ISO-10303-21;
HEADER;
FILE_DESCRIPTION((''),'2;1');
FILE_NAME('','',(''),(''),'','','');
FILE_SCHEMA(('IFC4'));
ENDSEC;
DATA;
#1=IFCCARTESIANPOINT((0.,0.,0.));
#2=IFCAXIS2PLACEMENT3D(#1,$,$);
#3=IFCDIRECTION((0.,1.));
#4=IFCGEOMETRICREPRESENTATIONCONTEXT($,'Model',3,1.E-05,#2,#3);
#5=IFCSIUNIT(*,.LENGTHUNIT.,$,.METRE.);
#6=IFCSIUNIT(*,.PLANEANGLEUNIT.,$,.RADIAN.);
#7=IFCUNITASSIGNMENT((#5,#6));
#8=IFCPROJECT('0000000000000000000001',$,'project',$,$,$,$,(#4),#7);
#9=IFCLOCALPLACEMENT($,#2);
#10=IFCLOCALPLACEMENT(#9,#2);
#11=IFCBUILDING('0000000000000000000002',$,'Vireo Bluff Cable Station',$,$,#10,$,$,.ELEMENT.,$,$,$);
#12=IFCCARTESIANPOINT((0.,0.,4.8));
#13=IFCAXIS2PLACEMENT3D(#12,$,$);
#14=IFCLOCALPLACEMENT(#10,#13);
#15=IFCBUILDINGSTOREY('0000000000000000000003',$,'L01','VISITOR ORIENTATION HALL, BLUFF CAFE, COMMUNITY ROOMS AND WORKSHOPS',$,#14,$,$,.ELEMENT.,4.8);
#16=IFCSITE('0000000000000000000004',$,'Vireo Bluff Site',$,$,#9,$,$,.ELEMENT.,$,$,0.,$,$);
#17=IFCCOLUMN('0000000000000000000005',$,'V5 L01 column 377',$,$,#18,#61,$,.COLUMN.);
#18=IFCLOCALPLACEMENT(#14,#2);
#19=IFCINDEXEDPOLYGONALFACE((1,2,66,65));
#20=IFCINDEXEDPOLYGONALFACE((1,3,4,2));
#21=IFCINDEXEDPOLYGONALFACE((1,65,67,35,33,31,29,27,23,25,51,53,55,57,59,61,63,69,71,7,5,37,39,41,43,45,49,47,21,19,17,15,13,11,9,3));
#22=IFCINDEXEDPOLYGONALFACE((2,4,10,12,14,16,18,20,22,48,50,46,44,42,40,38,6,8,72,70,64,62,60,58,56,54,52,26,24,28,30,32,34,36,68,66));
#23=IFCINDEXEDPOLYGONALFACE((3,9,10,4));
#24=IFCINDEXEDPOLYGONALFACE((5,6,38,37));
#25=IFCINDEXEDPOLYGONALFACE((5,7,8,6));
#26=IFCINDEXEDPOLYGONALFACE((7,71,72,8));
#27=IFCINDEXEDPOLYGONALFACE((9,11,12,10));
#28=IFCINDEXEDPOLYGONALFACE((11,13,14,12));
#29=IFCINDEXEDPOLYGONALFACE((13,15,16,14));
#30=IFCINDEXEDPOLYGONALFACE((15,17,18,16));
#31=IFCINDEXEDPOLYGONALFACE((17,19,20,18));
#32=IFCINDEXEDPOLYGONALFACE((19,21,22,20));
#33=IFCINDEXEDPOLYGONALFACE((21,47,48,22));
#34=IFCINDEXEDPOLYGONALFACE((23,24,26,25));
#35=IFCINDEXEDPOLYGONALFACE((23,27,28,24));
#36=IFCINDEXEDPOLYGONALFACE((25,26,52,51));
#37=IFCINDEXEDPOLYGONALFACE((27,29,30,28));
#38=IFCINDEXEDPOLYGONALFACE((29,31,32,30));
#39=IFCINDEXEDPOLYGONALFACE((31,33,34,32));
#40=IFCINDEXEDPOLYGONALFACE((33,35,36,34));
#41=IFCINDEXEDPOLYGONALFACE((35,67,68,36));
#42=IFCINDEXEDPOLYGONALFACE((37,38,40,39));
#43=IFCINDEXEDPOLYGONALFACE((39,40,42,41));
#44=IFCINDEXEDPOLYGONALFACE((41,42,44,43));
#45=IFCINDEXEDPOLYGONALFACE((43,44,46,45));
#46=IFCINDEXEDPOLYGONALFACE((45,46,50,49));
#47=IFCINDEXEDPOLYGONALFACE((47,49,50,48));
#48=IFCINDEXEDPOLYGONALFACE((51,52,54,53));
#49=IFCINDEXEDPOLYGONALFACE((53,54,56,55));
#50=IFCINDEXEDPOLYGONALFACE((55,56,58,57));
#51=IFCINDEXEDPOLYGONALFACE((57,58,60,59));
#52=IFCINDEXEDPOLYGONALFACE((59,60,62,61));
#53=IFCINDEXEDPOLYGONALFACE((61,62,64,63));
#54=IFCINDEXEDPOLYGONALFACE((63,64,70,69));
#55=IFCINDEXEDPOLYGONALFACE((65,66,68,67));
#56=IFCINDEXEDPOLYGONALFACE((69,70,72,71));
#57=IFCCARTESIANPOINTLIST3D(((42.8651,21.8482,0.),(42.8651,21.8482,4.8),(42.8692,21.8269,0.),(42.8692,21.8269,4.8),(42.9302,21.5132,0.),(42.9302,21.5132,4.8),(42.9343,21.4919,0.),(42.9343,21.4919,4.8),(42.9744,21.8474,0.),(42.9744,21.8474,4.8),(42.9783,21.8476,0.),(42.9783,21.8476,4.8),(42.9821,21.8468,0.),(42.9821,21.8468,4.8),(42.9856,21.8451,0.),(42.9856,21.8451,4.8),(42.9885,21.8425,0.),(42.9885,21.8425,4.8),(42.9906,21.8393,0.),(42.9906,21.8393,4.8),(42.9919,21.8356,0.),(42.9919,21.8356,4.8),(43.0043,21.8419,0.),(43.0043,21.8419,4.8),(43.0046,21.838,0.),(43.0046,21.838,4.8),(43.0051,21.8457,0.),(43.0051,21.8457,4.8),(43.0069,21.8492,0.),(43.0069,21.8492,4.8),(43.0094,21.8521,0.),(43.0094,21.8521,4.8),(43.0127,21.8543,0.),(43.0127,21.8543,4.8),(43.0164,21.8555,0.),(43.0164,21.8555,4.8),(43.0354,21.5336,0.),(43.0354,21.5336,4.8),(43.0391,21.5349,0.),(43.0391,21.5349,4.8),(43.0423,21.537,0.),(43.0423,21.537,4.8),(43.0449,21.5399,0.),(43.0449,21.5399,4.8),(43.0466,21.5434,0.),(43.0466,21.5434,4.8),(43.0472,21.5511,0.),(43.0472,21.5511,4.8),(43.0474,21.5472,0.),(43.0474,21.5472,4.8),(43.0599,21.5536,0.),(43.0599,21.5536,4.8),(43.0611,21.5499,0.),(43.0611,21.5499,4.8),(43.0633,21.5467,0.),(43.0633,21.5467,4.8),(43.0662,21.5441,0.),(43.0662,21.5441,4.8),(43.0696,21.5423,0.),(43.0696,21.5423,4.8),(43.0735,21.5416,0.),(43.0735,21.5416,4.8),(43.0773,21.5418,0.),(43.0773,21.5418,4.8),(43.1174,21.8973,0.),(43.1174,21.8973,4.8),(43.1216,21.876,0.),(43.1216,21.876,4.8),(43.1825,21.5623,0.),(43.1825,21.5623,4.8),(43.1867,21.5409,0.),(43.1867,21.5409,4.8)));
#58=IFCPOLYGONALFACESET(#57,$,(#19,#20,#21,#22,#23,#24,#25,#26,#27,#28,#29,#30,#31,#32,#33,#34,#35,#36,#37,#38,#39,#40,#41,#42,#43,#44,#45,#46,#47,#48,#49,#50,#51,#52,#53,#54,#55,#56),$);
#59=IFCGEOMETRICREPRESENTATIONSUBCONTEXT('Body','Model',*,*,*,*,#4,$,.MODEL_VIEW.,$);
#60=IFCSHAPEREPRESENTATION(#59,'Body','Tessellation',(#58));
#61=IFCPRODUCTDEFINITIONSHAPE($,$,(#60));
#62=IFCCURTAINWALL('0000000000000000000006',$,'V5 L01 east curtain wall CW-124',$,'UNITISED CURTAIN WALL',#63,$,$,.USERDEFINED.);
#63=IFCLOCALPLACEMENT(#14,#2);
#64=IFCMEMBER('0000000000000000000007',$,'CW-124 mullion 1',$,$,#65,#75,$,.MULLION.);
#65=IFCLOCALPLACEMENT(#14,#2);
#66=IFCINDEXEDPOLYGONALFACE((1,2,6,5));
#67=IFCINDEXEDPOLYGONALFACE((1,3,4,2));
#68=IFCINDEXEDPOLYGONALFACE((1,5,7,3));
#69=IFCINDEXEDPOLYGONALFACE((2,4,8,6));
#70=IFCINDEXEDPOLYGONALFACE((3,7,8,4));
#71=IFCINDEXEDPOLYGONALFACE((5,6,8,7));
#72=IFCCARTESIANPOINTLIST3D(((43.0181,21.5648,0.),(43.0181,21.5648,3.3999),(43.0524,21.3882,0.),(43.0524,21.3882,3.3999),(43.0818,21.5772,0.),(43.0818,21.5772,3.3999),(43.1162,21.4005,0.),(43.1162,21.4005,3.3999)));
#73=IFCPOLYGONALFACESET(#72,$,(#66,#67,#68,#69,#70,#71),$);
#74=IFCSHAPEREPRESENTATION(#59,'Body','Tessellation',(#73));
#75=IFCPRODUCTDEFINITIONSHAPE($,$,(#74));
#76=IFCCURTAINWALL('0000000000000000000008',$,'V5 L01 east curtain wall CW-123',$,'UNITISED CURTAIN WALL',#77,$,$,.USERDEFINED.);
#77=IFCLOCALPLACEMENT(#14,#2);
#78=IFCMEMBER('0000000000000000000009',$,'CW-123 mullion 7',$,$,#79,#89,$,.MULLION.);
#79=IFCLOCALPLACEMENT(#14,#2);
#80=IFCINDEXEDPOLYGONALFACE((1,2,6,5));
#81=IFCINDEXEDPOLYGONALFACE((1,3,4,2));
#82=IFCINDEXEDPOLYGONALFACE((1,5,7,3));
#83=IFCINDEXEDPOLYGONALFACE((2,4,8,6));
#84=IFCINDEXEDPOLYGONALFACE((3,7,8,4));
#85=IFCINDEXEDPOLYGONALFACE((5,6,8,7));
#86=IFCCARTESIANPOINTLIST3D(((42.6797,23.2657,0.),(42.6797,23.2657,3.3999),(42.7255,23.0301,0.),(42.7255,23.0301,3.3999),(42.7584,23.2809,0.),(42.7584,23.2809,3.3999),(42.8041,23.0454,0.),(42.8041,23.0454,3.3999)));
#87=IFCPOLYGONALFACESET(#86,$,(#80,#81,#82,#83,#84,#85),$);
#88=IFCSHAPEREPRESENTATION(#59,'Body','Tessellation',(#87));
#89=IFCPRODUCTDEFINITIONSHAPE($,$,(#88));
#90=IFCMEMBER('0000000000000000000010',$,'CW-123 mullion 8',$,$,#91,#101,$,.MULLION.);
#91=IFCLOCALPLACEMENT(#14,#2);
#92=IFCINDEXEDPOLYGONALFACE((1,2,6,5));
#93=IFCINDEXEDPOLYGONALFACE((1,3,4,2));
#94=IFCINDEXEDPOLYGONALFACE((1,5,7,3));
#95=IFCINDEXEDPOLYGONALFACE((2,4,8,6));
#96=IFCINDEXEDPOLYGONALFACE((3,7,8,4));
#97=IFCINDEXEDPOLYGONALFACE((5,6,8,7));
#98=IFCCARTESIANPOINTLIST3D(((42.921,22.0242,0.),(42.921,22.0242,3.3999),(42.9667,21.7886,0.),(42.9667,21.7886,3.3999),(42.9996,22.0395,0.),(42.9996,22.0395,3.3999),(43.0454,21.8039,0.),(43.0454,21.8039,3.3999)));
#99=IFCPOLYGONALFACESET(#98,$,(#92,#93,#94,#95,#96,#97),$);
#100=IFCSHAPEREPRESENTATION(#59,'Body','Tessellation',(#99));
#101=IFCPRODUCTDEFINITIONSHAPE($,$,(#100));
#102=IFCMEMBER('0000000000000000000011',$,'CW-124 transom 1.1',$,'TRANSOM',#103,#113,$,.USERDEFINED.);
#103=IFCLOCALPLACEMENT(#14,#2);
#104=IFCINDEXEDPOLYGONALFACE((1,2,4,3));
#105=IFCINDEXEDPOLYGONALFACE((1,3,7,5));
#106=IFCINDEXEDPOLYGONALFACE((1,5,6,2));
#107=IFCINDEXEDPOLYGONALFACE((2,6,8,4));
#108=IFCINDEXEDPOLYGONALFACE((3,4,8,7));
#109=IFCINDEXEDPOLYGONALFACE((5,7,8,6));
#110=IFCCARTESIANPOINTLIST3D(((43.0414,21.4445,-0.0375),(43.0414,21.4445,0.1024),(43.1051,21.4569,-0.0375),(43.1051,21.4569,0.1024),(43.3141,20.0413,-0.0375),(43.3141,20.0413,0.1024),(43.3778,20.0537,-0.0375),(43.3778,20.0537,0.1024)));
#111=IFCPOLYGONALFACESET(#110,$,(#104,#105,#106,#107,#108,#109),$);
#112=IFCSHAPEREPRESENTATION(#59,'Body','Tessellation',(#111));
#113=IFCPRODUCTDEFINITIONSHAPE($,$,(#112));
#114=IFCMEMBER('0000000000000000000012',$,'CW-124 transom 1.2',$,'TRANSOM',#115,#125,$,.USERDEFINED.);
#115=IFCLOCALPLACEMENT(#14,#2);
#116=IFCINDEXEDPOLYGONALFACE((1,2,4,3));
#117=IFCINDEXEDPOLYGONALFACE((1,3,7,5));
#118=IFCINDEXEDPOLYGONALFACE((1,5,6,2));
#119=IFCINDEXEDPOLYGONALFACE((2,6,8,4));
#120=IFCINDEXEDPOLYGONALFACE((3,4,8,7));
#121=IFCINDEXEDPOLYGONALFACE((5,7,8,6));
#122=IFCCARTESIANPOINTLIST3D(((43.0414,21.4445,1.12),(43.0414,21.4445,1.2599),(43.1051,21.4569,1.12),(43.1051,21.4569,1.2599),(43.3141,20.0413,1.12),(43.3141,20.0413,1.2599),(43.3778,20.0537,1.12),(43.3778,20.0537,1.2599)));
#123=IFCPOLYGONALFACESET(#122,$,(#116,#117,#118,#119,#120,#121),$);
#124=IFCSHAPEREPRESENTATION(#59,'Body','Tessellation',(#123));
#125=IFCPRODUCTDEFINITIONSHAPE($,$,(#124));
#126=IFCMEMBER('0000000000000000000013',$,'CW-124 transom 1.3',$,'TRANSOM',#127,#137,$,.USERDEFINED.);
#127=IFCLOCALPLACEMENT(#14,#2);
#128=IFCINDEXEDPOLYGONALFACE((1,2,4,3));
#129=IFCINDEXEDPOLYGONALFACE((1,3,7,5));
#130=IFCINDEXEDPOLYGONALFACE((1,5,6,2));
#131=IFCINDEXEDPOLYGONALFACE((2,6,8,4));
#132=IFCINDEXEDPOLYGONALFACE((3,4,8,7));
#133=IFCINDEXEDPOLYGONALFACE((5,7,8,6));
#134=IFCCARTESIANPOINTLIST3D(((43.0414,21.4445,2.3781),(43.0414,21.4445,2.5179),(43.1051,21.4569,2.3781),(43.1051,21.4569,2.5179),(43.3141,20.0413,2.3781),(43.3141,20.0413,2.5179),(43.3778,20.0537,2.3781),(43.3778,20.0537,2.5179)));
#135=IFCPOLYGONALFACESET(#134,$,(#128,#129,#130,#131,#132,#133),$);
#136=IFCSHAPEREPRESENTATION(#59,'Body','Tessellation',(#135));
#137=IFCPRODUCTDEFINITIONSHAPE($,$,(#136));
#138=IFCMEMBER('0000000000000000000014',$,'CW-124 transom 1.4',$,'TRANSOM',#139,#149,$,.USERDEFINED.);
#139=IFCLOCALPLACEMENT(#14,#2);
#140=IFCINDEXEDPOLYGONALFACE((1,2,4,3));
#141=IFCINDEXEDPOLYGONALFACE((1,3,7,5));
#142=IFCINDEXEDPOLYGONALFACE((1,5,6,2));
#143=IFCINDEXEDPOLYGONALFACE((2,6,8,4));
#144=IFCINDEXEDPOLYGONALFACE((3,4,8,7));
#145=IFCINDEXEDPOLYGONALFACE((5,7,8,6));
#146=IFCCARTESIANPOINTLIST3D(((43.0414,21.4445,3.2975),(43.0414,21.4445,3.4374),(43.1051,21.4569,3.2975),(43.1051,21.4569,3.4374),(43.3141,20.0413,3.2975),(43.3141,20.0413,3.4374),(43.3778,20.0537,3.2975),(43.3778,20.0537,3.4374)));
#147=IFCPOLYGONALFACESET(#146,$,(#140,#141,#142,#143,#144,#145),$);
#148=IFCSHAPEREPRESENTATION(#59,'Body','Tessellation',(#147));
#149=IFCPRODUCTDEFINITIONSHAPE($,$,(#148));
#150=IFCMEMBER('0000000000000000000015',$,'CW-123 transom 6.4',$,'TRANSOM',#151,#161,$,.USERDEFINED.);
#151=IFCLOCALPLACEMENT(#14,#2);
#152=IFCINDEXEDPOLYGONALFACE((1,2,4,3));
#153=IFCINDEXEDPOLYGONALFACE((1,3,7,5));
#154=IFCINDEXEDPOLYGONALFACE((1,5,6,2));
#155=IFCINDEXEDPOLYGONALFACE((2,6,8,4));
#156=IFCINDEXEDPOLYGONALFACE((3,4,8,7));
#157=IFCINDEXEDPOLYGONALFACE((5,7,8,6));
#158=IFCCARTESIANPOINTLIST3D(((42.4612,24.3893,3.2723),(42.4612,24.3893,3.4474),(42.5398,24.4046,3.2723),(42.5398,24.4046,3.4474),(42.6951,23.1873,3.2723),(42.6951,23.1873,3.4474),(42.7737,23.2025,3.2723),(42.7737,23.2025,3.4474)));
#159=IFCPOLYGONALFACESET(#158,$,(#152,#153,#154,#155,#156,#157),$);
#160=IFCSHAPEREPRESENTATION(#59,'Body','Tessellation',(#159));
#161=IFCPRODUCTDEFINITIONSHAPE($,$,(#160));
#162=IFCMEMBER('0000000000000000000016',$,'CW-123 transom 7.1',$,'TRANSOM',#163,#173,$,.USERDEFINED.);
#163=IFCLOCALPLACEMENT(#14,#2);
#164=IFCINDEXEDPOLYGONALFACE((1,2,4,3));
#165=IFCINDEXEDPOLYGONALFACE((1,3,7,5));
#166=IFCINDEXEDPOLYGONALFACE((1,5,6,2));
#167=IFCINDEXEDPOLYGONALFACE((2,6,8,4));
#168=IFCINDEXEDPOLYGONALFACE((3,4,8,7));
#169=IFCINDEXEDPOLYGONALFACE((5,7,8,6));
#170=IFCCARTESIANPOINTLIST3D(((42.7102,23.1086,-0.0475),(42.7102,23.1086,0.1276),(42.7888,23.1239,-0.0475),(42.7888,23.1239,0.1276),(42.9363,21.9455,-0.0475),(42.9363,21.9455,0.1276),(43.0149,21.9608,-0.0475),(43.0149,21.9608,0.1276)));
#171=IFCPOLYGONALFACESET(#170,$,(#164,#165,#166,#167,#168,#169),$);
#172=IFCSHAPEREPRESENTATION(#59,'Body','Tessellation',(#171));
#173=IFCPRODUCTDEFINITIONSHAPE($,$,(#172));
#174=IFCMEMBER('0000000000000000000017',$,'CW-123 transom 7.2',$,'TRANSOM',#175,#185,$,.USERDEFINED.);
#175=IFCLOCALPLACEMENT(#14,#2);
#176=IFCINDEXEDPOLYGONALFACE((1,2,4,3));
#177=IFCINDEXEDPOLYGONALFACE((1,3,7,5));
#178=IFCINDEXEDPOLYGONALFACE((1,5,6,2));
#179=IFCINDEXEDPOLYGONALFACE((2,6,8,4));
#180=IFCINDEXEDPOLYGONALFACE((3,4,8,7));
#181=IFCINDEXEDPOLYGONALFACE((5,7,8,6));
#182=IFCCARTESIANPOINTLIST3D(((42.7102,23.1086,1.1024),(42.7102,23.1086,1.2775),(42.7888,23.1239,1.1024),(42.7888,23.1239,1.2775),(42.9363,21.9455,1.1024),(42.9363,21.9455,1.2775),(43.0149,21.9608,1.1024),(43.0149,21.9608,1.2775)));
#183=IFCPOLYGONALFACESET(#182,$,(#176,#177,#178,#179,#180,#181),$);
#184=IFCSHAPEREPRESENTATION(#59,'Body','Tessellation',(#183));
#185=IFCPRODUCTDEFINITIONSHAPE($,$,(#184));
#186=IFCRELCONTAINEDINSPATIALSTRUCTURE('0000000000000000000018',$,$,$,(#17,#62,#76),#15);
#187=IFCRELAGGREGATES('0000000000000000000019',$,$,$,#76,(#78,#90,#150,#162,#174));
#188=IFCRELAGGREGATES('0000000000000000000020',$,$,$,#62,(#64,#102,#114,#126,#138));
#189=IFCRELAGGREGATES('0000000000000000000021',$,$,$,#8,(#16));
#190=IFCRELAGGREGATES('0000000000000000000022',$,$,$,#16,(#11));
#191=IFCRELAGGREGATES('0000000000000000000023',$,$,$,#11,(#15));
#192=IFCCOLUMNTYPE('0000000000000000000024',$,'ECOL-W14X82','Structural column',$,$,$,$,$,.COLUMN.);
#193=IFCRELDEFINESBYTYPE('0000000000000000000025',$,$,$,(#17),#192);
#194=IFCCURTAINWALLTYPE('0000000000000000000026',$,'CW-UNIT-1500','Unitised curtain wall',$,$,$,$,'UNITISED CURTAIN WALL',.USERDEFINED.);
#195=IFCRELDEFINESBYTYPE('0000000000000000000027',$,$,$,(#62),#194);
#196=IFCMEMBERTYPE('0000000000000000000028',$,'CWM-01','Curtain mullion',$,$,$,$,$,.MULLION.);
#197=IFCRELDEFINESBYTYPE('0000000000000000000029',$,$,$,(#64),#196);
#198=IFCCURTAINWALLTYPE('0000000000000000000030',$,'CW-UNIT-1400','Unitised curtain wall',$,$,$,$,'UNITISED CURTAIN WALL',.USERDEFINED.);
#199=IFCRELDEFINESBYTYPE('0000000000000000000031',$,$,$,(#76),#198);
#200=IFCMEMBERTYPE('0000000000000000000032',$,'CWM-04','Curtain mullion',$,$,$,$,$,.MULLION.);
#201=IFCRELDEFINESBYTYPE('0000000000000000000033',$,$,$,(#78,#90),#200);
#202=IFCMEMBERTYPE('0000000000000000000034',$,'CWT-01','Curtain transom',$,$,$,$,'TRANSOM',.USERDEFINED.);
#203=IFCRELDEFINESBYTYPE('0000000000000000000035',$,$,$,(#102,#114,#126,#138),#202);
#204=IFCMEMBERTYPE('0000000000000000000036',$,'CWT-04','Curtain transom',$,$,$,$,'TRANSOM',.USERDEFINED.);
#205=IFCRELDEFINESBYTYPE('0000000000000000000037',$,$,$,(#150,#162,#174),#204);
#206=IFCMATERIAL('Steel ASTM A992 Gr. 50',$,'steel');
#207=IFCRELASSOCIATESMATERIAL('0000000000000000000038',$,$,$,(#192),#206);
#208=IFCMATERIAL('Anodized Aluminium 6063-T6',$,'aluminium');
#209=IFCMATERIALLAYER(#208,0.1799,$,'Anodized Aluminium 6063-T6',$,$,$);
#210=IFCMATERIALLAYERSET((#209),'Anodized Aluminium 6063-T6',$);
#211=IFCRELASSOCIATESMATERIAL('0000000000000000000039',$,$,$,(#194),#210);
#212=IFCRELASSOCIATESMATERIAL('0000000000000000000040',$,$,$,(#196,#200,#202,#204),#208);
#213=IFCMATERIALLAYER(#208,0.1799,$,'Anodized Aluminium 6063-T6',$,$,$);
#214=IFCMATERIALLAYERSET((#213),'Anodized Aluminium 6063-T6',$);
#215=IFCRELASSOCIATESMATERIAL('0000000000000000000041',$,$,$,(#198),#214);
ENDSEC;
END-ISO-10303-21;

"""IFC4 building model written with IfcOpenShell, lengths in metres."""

from ifc_helpers import new_model, si_unit, direction, frame, origin, origin_2d, place, context, subcontext, project, spatial, rectangle, i_section, extrude, material, layer, layer_set, material_profile, profile_set, type_object, element, aggregate, save


model = new_model("IFC4")

# Units and contexts
model_context = context("Model", 3, precision=1e-05, world=origin(), true_north=direction((0.0, 1.0)))
body_context = subcontext(model_context, "Body", "Model", "MODEL_VIEW")
ifc_project = project(units=[si_unit("LENGTHUNIT", "METRE"), si_unit("PLANEANGLEUNIT", "RADIAN")], contexts=[model_context])

# Site, building, storey
site_placement = place(None, origin())
site = spatial("IfcSite", under=ifc_project, at=site_placement, Name="Vireo Bluff Site", CompositionType="ELEMENT", RefElevation=0.0)
building_placement = place(site_placement, origin())
building = spatial("IfcBuilding", under=site, at=building_placement, Name="Vireo Bluff Cable Station", CompositionType="ELEMENT")
storey_placement = place(building_placement, frame((0.0, 0.0, 4.8)))
storey = spatial("IfcBuildingStorey", under=building, at=storey_placement, Name="L01", Description="VISITOR ORIENTATION HALL, BLUFF CAFE, COMMUNITY ROOMS AND WORKSHOPS", CompositionType="ELEMENT", Elevation=4.8)

# Column
ifc_material_1 = material(Name="Steel ASTM A992 Gr. 50", Category="steel")
ifc_material_profile_1 = material_profile(ifc_material_1, i_section(OverallWidth=0.2571, OverallDepth=0.363, WebThickness=0.0129, FlangeThickness=0.0217, FilletRadius=0.0149, at=origin_2d()), Name="W14X82")
ifc_profile_set_1 = profile_set([ifc_material_profile_1], Name="Steel ASTM A992 Gr. 50")
column_type = type_object("IfcColumnType", Name="ECOL-W14X82", Description="Structural column", PredefinedType="COLUMN", material=ifc_profile_set_1)
column_placement = place(storey_placement, frame((43.0259, 21.6946, 0.0), z_axis=(0.0, 0.0, 1.0), x_axis=(0.981627, 0.190809, 0.0)))
element("IfcColumn", 1, at=column_placement, inside=storey, type_object=column_type, Name="V5 L01 column 377", PredefinedType="COLUMN", context=body_context, shape_type="SweptSolid", body=[
    extrude(i_section(OverallWidth=0.2571, OverallDepth=0.363, WebThickness=0.0129, FlangeThickness=0.0217, FilletRadius=0.0149, at=origin_2d()), origin(), (0.0, 0.0, 1.0), 4.8),
])

# Curtain wall, member
ifc_material_2 = material(Name="Anodized Aluminium 6063-T6", Category="aluminium")
ifc_layer_1 = layer(ifc_material_2, 0.1799, Name="Anodized Aluminium 6063-T6")
ifc_layer_set_1 = layer_set([ifc_layer_1], Name="Anodized Aluminium 6063-T6")
curtain_wall_type_1 = type_object("IfcCurtainWallType", Name="CW-UNIT-1500", Description="Unitised curtain wall", ElementType="UNITISED CURTAIN WALL", PredefinedType="USERDEFINED", material=ifc_layer_set_1)
curtain_wall_1_placement = place(storey_placement, origin())
curtain_wall_1 = element("IfcCurtainWall", 2, at=curtain_wall_1_placement, inside=storey, type_object=curtain_wall_type_1, Name="V5 L01 east curtain wall CW-124", ObjectType="UNITISED CURTAIN WALL", PredefinedType="USERDEFINED")
ifc_material_profile_2 = material_profile(ifc_material_2, rectangle(XDim=0.0649, YDim=0.1799, at=origin_2d()), Name="ALU-M-65X180")
ifc_profile_set_2 = profile_set([ifc_material_profile_2], Name="Anodized Aluminium 6063-T6")
member_type_1 = type_object("IfcMemberType", Name="CWM-01", Description="Curtain mullion", PredefinedType="MULLION", material=ifc_profile_set_2)
member_1_placement = place(storey_placement, frame((43.0671, 21.4827, 0.0), z_axis=(0.0, 0.0, 1.0), x_axis=(0.981627, 0.190809, 0.0)))
member_1 = element("IfcMember", 3, at=member_1_placement, type_object=member_type_1, Name="CW-124 mullion 1", PredefinedType="MULLION", context=body_context, shape_type="SweptSolid", body=[
    extrude(rectangle(XDim=0.0649, YDim=0.1799, at=origin_2d()), origin(), (0.0, 0.0, 1.0), 3.3999),
])

# Curtain wall, members
ifc_layer_2 = layer(ifc_material_2, 0.1799, Name="Anodized Aluminium 6063-T6")
ifc_layer_set_2 = layer_set([ifc_layer_2], Name="Anodized Aluminium 6063-T6")
curtain_wall_type_2 = type_object("IfcCurtainWallType", Name="CW-UNIT-1400", Description="Unitised curtain wall", ElementType="UNITISED CURTAIN WALL", PredefinedType="USERDEFINED", material=ifc_layer_set_2)
curtain_wall_2_placement = place(storey_placement, origin())
curtain_wall_2 = element("IfcCurtainWall", 4, at=curtain_wall_2_placement, inside=storey, type_object=curtain_wall_type_2, Name="V5 L01 east curtain wall CW-123", ObjectType="UNITISED CURTAIN WALL", PredefinedType="USERDEFINED")
ifc_material_profile_3 = material_profile(ifc_material_2, rectangle(XDim=0.0801, YDim=0.24, at=origin_2d()), Name="ALU-M-80X240")
ifc_profile_set_3 = profile_set([ifc_material_profile_3], Name="Anodized Aluminium 6063-T6")
member_type_2 = type_object("IfcMemberType", Name="CWM-04", Description="Curtain mullion", PredefinedType="MULLION", material=ifc_profile_set_3)
member_2_placement = place(storey_placement, frame((42.7419, 23.1555, 0.0), z_axis=(0.0, 0.0, 1.0), x_axis=(0.981627, 0.190809, 0.0)))
member_2 = element("IfcMember", 5, at=member_2_placement, type_object=member_type_2, Name="CW-123 mullion 7", PredefinedType="MULLION", context=body_context, shape_type="SweptSolid", body=[
    extrude(rectangle(XDim=0.0801, YDim=0.24, at=origin_2d()), origin(), (0.0, 0.0, 1.0), 3.3999),
])
member_3_placement = place(storey_placement, frame((42.9832, 21.9141, 0.0), z_axis=(0.0, 0.0, 1.0), x_axis=(0.981627, 0.190809, 0.0)))
member_3 = element("IfcMember", 6, at=member_3_placement, type_object=member_type_2, Name="CW-123 mullion 8", PredefinedType="MULLION", context=body_context, shape_type="SweptSolid", body=[
    extrude(rectangle(XDim=0.0801, YDim=0.24, at=origin_2d()), origin(), (0.0, 0.0, 1.0), 3.3999),
])

# Members
ifc_material_profile_4 = material_profile(ifc_material_2, rectangle(XDim=0.0649, YDim=0.1399, at=origin_2d()), Name="ALU-T-65X140")
ifc_profile_set_4 = profile_set([ifc_material_profile_4], Name="Anodized Aluminium 6063-T6")
member_type_3 = type_object("IfcMemberType", Name="CWT-01", Description="Curtain transom", ElementType="TRANSOM", PredefinedType="USERDEFINED", material=ifc_profile_set_4)
member_4_placement = place(storey_placement, frame((43.0732, 21.4507, 0.0325), z_axis=(0.190792, -0.98163, 0.0), x_axis=(0.98163, 0.190792, 0.0)))
member_4 = element("IfcMember", 7, at=member_4_placement, type_object=member_type_3, Name="CW-124 transom 1.1", ObjectType="TRANSOM", PredefinedType="USERDEFINED", context=body_context, shape_type="SweptSolid", body=[
    extrude(rectangle(XDim=0.0649, YDim=0.1399, at=origin_2d()), origin(), (0.0, 0.0, 1.0), 1.4294),
])
member_5_placement = place(storey_placement, frame((43.0732, 21.4507, 1.1899), z_axis=(0.190792, -0.98163, 0.0), x_axis=(0.98163, 0.190792, 0.0)))
member_5 = element("IfcMember", 8, at=member_5_placement, type_object=member_type_3, Name="CW-124 transom 1.2", ObjectType="TRANSOM", PredefinedType="USERDEFINED", context=body_context, shape_type="SweptSolid", body=[
    extrude(rectangle(XDim=0.0649, YDim=0.1399, at=origin_2d()), origin(), (0.0, 0.0, 1.0), 1.4294),
])
member_6_placement = place(storey_placement, frame((43.0732, 21.4507, 2.448), z_axis=(0.190792, -0.98163, 0.0), x_axis=(0.98163, 0.190792, 0.0)))
member_6 = element("IfcMember", 9, at=member_6_placement, type_object=member_type_3, Name="CW-124 transom 1.3", ObjectType="TRANSOM", PredefinedType="USERDEFINED", context=body_context, shape_type="SweptSolid", body=[
    extrude(rectangle(XDim=0.0649, YDim=0.1399, at=origin_2d()), origin(), (0.0, 0.0, 1.0), 1.4294),
])
member_7_placement = place(storey_placement, frame((43.0732, 21.4507, 3.3674), z_axis=(0.190792, -0.98163, 0.0), x_axis=(0.98163, 0.190792, 0.0)))
member_7 = element("IfcMember", 10, at=member_7_placement, type_object=member_type_3, Name="CW-124 transom 1.4", ObjectType="TRANSOM", PredefinedType="USERDEFINED", context=body_context, shape_type="SweptSolid", body=[
    extrude(rectangle(XDim=0.0649, YDim=0.1399, at=origin_2d()), origin(), (0.0, 0.0, 1.0), 1.4294),
])
ifc_material_profile_5 = material_profile(ifc_material_2, rectangle(XDim=0.0801, YDim=0.175, at=origin_2d()), Name="ALU-T-80X175")
ifc_profile_set_5 = profile_set([ifc_material_profile_5], Name="Anodized Aluminium 6063-T6")
member_type_4 = type_object("IfcMemberType", Name="CWT-04", Description="Curtain transom", ElementType="TRANSOM", PredefinedType="USERDEFINED", material=ifc_profile_set_5)
member_8_placement = place(storey_placement, frame((42.5005, 24.397, 3.3599), z_axis=(0.190976, -0.981595, 0.0), x_axis=(0.981595, 0.190976, 0.0)))
member_8 = element("IfcMember", 11, at=member_8_placement, type_object=member_type_4, Name="CW-123 transom 6.4", ObjectType="TRANSOM", PredefinedType="USERDEFINED", context=body_context, shape_type="SweptSolid", body=[
    extrude(rectangle(XDim=0.0801, YDim=0.175, at=origin_2d()), origin(), (0.0, 0.0, 1.0), 1.2246),
])
member_9_placement = place(storey_placement, frame((42.7495, 23.1162, 0.04), z_axis=(0.190803, -0.981628, 0.0), x_axis=(0.981628, 0.190803, 0.0)))
member_9 = element("IfcMember", 12, at=member_9_placement, type_object=member_type_4, Name="CW-123 transom 7.1", ObjectType="TRANSOM", PredefinedType="USERDEFINED", context=body_context, shape_type="SweptSolid", body=[
    extrude(rectangle(XDim=0.0801, YDim=0.175, at=origin_2d()), origin(), (0.0, 0.0, 1.0), 1.1848),
])
member_10_placement = place(storey_placement, frame((42.7495, 23.1162, 1.1899), z_axis=(0.190803, -0.981628, 0.0), x_axis=(0.981628, 0.190803, 0.0)))
member_10 = element("IfcMember", 13, at=member_10_placement, type_object=member_type_4, Name="CW-123 transom 7.2", ObjectType="TRANSOM", PredefinedType="USERDEFINED", context=body_context, shape_type="SweptSolid", body=[
    extrude(rectangle(XDim=0.0801, YDim=0.175, at=origin_2d()), origin(), (0.0, 0.0, 1.0), 1.1848),
])

aggregate(curtain_wall_2, [member_2, member_3, member_8, member_9, member_10])
aggregate(curtain_wall_1, [member_1, member_4, member_5, member_6, member_7])

save(model, "model.ifc")
